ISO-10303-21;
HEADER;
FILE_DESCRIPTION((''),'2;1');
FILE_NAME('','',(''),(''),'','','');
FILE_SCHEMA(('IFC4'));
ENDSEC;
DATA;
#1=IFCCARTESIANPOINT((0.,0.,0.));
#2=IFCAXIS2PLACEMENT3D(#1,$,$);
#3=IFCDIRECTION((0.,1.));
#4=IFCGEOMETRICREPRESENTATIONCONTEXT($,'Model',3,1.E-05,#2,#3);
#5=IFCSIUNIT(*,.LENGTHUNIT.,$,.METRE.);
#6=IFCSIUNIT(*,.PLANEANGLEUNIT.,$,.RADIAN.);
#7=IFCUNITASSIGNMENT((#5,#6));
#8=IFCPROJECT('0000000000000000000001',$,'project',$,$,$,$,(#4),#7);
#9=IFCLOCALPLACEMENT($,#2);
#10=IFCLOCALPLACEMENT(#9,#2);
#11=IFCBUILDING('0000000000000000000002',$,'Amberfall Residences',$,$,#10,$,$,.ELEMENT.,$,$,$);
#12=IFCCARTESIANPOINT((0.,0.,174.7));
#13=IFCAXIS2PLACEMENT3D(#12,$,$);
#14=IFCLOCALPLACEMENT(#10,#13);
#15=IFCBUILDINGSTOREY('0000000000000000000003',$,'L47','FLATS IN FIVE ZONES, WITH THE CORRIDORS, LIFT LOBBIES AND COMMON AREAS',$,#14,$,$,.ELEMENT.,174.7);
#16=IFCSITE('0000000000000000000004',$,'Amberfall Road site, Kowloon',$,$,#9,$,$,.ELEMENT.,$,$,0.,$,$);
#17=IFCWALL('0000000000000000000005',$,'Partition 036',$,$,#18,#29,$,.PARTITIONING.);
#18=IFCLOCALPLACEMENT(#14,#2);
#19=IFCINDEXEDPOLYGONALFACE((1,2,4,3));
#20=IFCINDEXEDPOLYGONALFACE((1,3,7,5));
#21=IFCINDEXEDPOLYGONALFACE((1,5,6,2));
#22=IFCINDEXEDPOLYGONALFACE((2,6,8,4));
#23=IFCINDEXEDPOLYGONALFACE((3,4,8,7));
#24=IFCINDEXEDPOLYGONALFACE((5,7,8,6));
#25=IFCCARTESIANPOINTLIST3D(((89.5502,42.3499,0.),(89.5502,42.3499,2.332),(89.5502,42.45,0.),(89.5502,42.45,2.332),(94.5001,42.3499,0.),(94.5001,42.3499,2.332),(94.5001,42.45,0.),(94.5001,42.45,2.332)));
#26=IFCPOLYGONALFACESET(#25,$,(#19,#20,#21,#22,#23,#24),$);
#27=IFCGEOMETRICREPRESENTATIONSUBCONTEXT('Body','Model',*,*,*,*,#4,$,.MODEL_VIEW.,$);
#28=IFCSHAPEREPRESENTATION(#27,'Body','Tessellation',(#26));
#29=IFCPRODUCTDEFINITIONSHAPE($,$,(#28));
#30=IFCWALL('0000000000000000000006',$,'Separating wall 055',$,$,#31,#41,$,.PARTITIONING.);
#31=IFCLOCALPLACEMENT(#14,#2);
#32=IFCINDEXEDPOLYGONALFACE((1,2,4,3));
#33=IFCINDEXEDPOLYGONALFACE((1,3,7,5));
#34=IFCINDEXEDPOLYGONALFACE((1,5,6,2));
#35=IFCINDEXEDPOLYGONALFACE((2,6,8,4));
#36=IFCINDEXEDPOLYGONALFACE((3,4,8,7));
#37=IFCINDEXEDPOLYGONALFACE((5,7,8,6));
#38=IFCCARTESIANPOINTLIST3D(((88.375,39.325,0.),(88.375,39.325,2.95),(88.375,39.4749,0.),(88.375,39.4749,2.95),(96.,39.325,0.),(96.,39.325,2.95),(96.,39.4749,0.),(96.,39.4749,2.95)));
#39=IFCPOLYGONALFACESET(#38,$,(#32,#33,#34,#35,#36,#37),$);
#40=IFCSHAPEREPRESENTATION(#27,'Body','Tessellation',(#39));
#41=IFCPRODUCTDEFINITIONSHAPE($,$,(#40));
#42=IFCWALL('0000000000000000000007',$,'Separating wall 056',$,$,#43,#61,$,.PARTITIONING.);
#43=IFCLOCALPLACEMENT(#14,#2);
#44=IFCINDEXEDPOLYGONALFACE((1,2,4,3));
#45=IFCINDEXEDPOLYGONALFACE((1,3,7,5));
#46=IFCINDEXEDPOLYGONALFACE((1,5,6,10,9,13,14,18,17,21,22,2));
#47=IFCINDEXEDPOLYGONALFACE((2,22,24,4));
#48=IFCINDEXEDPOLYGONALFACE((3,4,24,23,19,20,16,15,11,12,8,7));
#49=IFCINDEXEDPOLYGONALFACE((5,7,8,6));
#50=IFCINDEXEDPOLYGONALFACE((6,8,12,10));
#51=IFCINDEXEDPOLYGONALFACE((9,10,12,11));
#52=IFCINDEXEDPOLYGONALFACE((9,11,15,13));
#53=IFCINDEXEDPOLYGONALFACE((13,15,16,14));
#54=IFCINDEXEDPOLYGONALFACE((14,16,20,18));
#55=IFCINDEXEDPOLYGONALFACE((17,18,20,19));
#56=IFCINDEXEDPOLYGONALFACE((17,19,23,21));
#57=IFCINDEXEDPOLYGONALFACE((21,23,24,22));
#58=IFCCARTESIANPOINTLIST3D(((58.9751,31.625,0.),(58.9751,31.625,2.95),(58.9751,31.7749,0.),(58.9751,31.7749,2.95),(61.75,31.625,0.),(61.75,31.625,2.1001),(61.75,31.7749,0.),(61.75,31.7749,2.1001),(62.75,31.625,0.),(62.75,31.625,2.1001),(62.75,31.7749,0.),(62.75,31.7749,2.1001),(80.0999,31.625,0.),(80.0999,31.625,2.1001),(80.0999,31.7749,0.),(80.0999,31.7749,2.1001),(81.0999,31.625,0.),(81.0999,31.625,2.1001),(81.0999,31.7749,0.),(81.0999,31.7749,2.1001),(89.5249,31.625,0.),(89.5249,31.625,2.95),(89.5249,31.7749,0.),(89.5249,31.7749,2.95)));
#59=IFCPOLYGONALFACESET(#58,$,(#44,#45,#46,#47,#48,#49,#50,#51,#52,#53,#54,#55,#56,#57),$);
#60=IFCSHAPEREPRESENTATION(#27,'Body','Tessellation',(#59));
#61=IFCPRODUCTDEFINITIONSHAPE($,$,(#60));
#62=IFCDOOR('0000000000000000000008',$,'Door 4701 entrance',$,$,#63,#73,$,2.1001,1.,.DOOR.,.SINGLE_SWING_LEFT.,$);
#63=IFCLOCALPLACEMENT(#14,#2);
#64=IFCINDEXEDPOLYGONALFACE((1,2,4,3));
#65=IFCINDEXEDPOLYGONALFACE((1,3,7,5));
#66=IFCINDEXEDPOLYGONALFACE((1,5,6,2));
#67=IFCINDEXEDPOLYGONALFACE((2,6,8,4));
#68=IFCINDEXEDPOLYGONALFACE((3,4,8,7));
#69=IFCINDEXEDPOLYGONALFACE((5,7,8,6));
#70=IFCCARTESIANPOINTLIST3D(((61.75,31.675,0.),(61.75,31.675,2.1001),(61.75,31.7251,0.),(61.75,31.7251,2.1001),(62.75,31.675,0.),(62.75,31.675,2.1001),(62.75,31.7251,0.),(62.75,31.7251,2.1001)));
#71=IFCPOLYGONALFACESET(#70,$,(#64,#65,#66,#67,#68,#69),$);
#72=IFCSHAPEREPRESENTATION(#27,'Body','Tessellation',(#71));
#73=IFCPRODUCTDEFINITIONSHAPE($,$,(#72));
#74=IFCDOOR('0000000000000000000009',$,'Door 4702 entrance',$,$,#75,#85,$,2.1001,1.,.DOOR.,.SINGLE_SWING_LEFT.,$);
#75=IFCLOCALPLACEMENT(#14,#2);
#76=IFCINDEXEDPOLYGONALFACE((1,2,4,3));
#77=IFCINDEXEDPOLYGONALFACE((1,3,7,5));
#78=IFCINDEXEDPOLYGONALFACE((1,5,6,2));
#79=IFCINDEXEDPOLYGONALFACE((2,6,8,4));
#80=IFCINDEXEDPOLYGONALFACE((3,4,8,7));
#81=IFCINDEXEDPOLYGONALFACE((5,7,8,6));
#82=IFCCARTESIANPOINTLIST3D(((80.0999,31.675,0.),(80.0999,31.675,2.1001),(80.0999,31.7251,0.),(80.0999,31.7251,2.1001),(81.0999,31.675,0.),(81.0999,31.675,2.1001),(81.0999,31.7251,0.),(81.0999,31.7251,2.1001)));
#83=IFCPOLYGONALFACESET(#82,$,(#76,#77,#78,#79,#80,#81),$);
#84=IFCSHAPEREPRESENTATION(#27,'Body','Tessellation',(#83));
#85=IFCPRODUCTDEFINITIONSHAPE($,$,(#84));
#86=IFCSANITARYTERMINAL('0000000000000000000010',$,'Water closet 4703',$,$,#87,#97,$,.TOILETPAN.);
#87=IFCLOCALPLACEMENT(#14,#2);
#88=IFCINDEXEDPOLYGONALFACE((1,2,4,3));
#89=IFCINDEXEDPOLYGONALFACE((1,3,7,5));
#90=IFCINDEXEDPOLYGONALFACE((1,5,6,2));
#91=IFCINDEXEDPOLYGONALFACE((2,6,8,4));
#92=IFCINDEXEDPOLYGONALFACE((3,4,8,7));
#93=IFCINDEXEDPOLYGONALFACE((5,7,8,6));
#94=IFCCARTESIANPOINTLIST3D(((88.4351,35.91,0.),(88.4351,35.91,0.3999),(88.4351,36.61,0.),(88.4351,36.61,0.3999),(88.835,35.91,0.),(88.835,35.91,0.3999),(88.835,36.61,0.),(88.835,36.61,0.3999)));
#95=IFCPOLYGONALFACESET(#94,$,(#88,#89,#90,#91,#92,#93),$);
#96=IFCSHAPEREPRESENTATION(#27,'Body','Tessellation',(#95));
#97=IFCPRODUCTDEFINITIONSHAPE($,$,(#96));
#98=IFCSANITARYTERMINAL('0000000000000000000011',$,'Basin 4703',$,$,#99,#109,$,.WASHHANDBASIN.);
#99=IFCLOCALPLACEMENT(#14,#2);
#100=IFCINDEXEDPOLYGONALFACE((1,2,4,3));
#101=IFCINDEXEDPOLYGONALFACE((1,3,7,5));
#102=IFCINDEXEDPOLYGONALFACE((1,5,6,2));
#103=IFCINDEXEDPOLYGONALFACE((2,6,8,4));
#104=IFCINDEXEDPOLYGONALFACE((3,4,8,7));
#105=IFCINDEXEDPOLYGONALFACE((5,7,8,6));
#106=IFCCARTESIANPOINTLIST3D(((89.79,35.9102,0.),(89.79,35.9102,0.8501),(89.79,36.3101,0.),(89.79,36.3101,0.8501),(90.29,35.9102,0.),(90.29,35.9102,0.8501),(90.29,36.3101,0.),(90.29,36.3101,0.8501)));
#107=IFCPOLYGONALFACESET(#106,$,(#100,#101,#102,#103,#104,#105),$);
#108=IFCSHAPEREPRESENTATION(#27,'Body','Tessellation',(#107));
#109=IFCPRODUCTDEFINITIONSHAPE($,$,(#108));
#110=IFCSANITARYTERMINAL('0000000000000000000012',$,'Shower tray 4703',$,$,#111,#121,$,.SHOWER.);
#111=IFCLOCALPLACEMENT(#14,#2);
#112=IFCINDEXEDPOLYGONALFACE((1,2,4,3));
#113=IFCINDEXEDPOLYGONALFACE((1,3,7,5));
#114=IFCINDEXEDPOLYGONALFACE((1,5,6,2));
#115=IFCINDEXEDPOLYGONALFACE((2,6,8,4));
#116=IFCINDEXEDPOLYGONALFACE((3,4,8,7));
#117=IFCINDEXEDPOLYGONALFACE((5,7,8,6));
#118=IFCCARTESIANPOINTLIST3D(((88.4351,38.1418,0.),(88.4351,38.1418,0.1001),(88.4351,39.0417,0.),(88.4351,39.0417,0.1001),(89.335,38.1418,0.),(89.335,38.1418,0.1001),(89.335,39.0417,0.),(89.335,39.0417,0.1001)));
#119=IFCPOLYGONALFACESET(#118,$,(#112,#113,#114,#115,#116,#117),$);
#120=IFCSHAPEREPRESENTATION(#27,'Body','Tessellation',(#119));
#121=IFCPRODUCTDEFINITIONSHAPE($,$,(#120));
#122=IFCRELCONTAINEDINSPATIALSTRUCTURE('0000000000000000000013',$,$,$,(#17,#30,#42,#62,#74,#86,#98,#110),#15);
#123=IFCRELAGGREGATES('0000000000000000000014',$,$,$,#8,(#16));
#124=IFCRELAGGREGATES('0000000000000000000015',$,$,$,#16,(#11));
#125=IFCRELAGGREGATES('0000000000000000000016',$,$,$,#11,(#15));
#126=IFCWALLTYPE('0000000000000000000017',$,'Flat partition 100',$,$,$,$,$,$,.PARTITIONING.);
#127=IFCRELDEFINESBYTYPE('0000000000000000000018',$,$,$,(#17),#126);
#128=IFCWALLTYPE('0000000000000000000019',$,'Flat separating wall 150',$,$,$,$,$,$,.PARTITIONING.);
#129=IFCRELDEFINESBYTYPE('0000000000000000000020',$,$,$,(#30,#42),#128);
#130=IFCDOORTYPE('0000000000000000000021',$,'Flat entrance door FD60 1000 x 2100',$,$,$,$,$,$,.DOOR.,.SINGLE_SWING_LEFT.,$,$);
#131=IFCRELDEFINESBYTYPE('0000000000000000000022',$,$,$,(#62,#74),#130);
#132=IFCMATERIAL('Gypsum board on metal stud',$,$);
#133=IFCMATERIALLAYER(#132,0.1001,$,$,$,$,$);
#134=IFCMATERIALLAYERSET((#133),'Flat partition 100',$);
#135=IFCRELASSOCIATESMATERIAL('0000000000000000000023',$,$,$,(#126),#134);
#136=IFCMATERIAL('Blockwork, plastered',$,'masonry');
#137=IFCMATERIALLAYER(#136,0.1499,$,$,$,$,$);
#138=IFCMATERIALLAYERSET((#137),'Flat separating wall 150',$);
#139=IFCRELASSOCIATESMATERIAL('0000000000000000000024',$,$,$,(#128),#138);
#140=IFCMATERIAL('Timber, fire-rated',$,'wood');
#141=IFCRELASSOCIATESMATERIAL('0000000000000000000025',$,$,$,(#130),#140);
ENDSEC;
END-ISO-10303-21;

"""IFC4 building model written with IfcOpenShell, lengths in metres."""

from ifc_helpers import new_model, si_unit, direction, frame, frame_2d, origin, origin_2d, place, context, subcontext, project, spatial, rectangle, extrude, material, layer, layer_set, type_object, element, fill, save


model = new_model("IFC4")

# Units and contexts
model_context = context("Model", 3, precision=1e-05, world=origin(), true_north=direction((0.0, 1.0)))
body_context = subcontext(model_context, "Body", "Model", "MODEL_VIEW")
ifc_project = project(units=[si_unit("LENGTHUNIT", "METRE"), si_unit("PLANEANGLEUNIT", "RADIAN")], contexts=[model_context])

# Site, building, storey
site_placement = place(None, origin())
site = spatial("IfcSite", under=ifc_project, at=site_placement, Name="Amberfall Road site, Kowloon", CompositionType="ELEMENT", RefElevation=0.0)
building_placement = place(site_placement, origin())
building = spatial("IfcBuilding", under=site, at=building_placement, Name="Amberfall Residences", CompositionType="ELEMENT")
storey_placement = place(building_placement, frame((0.0, 0.0, 174.7)))
storey = spatial("IfcBuildingStorey", under=building, at=storey_placement, Name="L47", Description="FLATS IN FIVE ZONES, WITH THE CORRIDORS, LIFT LOBBIES AND COMMON AREAS", CompositionType="ELEMENT", Elevation=174.7)

# Shared definitions
ifc_material_1 = material(Name="Gypsum board on metal stud")
ifc_layer_1 = layer(ifc_material_1, 0.1001)
ifc_layer_set_1 = layer_set([ifc_layer_1], Name="Flat partition 100")
wall_type_1 = type_object("IfcWallType", Name="Flat partition 100", PredefinedType="PARTITIONING", material=ifc_layer_set_1)

# Walls
wall_1_placement = place(storey_placement, frame((89.55, 42.3999, 0.0), z_axis=(0.0, 0.0, 1.0), x_axis=(1.0, 0.0, 0.0)))
element("IfcWall", 1, at=wall_1_placement, inside=storey, type_object=wall_type_1, Name="Partition 036", PredefinedType="PARTITIONING", context=body_context, shape_type="SweptSolid", body=[
    extrude(rectangle(XDim=4.95, YDim=0.1001, at=frame_2d((2.4751, 0.0))), origin(), (0.0, 0.0, 1.0), 2.332),
])
ifc_material_2 = material(Name="Blockwork, plastered", Category="masonry")
ifc_layer_2 = layer(ifc_material_2, 0.1499)
ifc_layer_set_2 = layer_set([ifc_layer_2], Name="Flat separating wall 150")
wall_type_2 = type_object("IfcWallType", Name="Flat separating wall 150", PredefinedType="PARTITIONING", material=ifc_layer_set_2)
wall_2_placement = place(storey_placement, frame((88.375, 39.3999, 0.0), z_axis=(0.0, 0.0, 1.0), x_axis=(1.0, 0.0, 0.0)))
element("IfcWall", 2, at=wall_2_placement, inside=storey, type_object=wall_type_2, Name="Separating wall 055", PredefinedType="PARTITIONING", context=body_context, shape_type="SweptSolid", body=[
    extrude(rectangle(XDim=7.625, YDim=0.1499, at=frame_2d((3.8125, 0.0))), origin(), (0.0, 0.0, 1.0), 2.95),
])

# Wall, openings, doors
wall_3_placement = place(storey_placement, frame((89.5249, 31.7, 0.0), z_axis=(0.0, 0.0, 1.0), x_axis=(-1.0, 0.0, 0.0)))
wall_3 = element("IfcWall", 3, at=wall_3_placement, inside=storey, type_object=wall_type_2, Name="Separating wall 056", PredefinedType="PARTITIONING", context=body_context, shape_type="SweptSolid", body=[
    extrude(rectangle(XDim=30.5498, YDim=0.1499, at=frame_2d((15.2749, 0.0))), origin(), (0.0, 0.0, 1.0), 2.95),
])
opening_1_placement = place(wall_3_placement, frame((26.7749, 0.0, 0.0)))
opening_1 = element("IfcOpeningElement", 4, at=opening_1_placement, cuts=wall_3, PredefinedType="OPENING", context=body_context, shape_type="SweptSolid", body=[
    extrude(rectangle(XDim=1.0, YDim=2.1001, at=frame_2d((0.5, 1.05))), frame((0.0, 0.085, 0.0), z_axis=(0.0, -1.0, 0.0), x_axis=(1.0, 0.0, 0.0)), (0.0, 0.0, 1.0), 0.1699),
])
opening_2_placement = place(wall_3_placement, frame((8.425, 0.0, 0.0)))
opening_2 = element("IfcOpeningElement", 5, at=opening_2_placement, cuts=wall_3, PredefinedType="OPENING", context=body_context, shape_type="SweptSolid", body=[
    extrude(rectangle(XDim=1.0, YDim=2.1001, at=frame_2d((0.5, 1.05))), frame((0.0, 0.085, 0.0), z_axis=(0.0, -1.0, 0.0), x_axis=(1.0, 0.0, 0.0)), (0.0, 0.0, 1.0), 0.1699),
])
ifc_material_3 = material(Name="Timber, fire-rated", Category="wood")
door_type_1 = type_object("IfcDoorType", Name="Flat entrance door FD60 1000 x 2100", OperationType="SINGLE_SWING_LEFT", PredefinedType="DOOR", material=ifc_material_3)
door_1_placement = place(opening_1_placement, origin())
door_1 = element("IfcDoor", 6, at=door_1_placement, inside=storey, type_object=door_type_1, Name="Door 4701 entrance", OperationType="SINGLE_SWING_LEFT", OverallHeight=2.1001, OverallWidth=1.0, PredefinedType="DOOR", context=body_context, shape_type="SweptSolid", body=[
    extrude(rectangle(XDim=1.0, YDim=2.1001, at=frame_2d((0.5, 1.05))), frame((0.0, 0.0249, 0.0), z_axis=(0.0, -1.0, 0.0), x_axis=(1.0, 0.0, 0.0)), (0.0, 0.0, 1.0), 0.05),
])
fill(opening_1, door_1)
door_2_placement = place(opening_2_placement, origin())
door_2 = element("IfcDoor", 7, at=door_2_placement, inside=storey, type_object=door_type_1, Name="Door 4702 entrance", OperationType="SINGLE_SWING_LEFT", OverallHeight=2.1001, OverallWidth=1.0, PredefinedType="DOOR", context=body_context, shape_type="SweptSolid", body=[
    extrude(rectangle(XDim=1.0, YDim=2.1001, at=frame_2d((0.5, 1.05))), frame((0.0, 0.0249, 0.0), z_axis=(0.0, -1.0, 0.0), x_axis=(1.0, 0.0, 0.0)), (0.0, 0.0, 1.0), 0.05),
])
fill(opening_2, door_2)

# Sanitary terminals
sanitary_terminal_1_placement = place(storey_placement, frame((88.635, 36.26, 0.0), z_axis=(0.0, 0.0, 1.0), x_axis=(1.0, 0.0, 0.0)))
element("IfcSanitaryTerminal", 8, at=sanitary_terminal_1_placement, inside=storey, Name="Water closet 4703", PredefinedType="TOILETPAN", context=body_context, shape_type="SweptSolid", body=[
    extrude(rectangle(XDim=0.3999, YDim=0.7, at=origin_2d()), origin(), (0.0, 0.0, 1.0), 0.3999),
])
sanitary_terminal_2_placement = place(storey_placement, frame((90.04, 36.1101, 0.0), z_axis=(0.0, 0.0, 1.0), x_axis=(1.0, 0.0, 0.0)))
element("IfcSanitaryTerminal", 9, at=sanitary_terminal_2_placement, inside=storey, Name="Basin 4703", PredefinedType="WASHHANDBASIN", context=body_context, shape_type="SweptSolid", body=[
    extrude(rectangle(XDim=0.5, YDim=0.3999, at=origin_2d()), origin(), (0.0, 0.0, 1.0), 0.8501),
])
sanitary_terminal_3_placement = place(storey_placement, frame((88.885, 38.5918, 0.0), z_axis=(0.0, 0.0, 1.0), x_axis=(1.0, 0.0, 0.0)))
element("IfcSanitaryTerminal", 10, at=sanitary_terminal_3_placement, inside=storey, Name="Shower tray 4703", PredefinedType="SHOWER", context=body_context, shape_type="SweptSolid", body=[
    extrude(rectangle(XDim=0.8999, YDim=0.8999, at=origin_2d()), origin(), (0.0, 0.0, 1.0), 0.1001),
])

save(model, "model.ifc")
